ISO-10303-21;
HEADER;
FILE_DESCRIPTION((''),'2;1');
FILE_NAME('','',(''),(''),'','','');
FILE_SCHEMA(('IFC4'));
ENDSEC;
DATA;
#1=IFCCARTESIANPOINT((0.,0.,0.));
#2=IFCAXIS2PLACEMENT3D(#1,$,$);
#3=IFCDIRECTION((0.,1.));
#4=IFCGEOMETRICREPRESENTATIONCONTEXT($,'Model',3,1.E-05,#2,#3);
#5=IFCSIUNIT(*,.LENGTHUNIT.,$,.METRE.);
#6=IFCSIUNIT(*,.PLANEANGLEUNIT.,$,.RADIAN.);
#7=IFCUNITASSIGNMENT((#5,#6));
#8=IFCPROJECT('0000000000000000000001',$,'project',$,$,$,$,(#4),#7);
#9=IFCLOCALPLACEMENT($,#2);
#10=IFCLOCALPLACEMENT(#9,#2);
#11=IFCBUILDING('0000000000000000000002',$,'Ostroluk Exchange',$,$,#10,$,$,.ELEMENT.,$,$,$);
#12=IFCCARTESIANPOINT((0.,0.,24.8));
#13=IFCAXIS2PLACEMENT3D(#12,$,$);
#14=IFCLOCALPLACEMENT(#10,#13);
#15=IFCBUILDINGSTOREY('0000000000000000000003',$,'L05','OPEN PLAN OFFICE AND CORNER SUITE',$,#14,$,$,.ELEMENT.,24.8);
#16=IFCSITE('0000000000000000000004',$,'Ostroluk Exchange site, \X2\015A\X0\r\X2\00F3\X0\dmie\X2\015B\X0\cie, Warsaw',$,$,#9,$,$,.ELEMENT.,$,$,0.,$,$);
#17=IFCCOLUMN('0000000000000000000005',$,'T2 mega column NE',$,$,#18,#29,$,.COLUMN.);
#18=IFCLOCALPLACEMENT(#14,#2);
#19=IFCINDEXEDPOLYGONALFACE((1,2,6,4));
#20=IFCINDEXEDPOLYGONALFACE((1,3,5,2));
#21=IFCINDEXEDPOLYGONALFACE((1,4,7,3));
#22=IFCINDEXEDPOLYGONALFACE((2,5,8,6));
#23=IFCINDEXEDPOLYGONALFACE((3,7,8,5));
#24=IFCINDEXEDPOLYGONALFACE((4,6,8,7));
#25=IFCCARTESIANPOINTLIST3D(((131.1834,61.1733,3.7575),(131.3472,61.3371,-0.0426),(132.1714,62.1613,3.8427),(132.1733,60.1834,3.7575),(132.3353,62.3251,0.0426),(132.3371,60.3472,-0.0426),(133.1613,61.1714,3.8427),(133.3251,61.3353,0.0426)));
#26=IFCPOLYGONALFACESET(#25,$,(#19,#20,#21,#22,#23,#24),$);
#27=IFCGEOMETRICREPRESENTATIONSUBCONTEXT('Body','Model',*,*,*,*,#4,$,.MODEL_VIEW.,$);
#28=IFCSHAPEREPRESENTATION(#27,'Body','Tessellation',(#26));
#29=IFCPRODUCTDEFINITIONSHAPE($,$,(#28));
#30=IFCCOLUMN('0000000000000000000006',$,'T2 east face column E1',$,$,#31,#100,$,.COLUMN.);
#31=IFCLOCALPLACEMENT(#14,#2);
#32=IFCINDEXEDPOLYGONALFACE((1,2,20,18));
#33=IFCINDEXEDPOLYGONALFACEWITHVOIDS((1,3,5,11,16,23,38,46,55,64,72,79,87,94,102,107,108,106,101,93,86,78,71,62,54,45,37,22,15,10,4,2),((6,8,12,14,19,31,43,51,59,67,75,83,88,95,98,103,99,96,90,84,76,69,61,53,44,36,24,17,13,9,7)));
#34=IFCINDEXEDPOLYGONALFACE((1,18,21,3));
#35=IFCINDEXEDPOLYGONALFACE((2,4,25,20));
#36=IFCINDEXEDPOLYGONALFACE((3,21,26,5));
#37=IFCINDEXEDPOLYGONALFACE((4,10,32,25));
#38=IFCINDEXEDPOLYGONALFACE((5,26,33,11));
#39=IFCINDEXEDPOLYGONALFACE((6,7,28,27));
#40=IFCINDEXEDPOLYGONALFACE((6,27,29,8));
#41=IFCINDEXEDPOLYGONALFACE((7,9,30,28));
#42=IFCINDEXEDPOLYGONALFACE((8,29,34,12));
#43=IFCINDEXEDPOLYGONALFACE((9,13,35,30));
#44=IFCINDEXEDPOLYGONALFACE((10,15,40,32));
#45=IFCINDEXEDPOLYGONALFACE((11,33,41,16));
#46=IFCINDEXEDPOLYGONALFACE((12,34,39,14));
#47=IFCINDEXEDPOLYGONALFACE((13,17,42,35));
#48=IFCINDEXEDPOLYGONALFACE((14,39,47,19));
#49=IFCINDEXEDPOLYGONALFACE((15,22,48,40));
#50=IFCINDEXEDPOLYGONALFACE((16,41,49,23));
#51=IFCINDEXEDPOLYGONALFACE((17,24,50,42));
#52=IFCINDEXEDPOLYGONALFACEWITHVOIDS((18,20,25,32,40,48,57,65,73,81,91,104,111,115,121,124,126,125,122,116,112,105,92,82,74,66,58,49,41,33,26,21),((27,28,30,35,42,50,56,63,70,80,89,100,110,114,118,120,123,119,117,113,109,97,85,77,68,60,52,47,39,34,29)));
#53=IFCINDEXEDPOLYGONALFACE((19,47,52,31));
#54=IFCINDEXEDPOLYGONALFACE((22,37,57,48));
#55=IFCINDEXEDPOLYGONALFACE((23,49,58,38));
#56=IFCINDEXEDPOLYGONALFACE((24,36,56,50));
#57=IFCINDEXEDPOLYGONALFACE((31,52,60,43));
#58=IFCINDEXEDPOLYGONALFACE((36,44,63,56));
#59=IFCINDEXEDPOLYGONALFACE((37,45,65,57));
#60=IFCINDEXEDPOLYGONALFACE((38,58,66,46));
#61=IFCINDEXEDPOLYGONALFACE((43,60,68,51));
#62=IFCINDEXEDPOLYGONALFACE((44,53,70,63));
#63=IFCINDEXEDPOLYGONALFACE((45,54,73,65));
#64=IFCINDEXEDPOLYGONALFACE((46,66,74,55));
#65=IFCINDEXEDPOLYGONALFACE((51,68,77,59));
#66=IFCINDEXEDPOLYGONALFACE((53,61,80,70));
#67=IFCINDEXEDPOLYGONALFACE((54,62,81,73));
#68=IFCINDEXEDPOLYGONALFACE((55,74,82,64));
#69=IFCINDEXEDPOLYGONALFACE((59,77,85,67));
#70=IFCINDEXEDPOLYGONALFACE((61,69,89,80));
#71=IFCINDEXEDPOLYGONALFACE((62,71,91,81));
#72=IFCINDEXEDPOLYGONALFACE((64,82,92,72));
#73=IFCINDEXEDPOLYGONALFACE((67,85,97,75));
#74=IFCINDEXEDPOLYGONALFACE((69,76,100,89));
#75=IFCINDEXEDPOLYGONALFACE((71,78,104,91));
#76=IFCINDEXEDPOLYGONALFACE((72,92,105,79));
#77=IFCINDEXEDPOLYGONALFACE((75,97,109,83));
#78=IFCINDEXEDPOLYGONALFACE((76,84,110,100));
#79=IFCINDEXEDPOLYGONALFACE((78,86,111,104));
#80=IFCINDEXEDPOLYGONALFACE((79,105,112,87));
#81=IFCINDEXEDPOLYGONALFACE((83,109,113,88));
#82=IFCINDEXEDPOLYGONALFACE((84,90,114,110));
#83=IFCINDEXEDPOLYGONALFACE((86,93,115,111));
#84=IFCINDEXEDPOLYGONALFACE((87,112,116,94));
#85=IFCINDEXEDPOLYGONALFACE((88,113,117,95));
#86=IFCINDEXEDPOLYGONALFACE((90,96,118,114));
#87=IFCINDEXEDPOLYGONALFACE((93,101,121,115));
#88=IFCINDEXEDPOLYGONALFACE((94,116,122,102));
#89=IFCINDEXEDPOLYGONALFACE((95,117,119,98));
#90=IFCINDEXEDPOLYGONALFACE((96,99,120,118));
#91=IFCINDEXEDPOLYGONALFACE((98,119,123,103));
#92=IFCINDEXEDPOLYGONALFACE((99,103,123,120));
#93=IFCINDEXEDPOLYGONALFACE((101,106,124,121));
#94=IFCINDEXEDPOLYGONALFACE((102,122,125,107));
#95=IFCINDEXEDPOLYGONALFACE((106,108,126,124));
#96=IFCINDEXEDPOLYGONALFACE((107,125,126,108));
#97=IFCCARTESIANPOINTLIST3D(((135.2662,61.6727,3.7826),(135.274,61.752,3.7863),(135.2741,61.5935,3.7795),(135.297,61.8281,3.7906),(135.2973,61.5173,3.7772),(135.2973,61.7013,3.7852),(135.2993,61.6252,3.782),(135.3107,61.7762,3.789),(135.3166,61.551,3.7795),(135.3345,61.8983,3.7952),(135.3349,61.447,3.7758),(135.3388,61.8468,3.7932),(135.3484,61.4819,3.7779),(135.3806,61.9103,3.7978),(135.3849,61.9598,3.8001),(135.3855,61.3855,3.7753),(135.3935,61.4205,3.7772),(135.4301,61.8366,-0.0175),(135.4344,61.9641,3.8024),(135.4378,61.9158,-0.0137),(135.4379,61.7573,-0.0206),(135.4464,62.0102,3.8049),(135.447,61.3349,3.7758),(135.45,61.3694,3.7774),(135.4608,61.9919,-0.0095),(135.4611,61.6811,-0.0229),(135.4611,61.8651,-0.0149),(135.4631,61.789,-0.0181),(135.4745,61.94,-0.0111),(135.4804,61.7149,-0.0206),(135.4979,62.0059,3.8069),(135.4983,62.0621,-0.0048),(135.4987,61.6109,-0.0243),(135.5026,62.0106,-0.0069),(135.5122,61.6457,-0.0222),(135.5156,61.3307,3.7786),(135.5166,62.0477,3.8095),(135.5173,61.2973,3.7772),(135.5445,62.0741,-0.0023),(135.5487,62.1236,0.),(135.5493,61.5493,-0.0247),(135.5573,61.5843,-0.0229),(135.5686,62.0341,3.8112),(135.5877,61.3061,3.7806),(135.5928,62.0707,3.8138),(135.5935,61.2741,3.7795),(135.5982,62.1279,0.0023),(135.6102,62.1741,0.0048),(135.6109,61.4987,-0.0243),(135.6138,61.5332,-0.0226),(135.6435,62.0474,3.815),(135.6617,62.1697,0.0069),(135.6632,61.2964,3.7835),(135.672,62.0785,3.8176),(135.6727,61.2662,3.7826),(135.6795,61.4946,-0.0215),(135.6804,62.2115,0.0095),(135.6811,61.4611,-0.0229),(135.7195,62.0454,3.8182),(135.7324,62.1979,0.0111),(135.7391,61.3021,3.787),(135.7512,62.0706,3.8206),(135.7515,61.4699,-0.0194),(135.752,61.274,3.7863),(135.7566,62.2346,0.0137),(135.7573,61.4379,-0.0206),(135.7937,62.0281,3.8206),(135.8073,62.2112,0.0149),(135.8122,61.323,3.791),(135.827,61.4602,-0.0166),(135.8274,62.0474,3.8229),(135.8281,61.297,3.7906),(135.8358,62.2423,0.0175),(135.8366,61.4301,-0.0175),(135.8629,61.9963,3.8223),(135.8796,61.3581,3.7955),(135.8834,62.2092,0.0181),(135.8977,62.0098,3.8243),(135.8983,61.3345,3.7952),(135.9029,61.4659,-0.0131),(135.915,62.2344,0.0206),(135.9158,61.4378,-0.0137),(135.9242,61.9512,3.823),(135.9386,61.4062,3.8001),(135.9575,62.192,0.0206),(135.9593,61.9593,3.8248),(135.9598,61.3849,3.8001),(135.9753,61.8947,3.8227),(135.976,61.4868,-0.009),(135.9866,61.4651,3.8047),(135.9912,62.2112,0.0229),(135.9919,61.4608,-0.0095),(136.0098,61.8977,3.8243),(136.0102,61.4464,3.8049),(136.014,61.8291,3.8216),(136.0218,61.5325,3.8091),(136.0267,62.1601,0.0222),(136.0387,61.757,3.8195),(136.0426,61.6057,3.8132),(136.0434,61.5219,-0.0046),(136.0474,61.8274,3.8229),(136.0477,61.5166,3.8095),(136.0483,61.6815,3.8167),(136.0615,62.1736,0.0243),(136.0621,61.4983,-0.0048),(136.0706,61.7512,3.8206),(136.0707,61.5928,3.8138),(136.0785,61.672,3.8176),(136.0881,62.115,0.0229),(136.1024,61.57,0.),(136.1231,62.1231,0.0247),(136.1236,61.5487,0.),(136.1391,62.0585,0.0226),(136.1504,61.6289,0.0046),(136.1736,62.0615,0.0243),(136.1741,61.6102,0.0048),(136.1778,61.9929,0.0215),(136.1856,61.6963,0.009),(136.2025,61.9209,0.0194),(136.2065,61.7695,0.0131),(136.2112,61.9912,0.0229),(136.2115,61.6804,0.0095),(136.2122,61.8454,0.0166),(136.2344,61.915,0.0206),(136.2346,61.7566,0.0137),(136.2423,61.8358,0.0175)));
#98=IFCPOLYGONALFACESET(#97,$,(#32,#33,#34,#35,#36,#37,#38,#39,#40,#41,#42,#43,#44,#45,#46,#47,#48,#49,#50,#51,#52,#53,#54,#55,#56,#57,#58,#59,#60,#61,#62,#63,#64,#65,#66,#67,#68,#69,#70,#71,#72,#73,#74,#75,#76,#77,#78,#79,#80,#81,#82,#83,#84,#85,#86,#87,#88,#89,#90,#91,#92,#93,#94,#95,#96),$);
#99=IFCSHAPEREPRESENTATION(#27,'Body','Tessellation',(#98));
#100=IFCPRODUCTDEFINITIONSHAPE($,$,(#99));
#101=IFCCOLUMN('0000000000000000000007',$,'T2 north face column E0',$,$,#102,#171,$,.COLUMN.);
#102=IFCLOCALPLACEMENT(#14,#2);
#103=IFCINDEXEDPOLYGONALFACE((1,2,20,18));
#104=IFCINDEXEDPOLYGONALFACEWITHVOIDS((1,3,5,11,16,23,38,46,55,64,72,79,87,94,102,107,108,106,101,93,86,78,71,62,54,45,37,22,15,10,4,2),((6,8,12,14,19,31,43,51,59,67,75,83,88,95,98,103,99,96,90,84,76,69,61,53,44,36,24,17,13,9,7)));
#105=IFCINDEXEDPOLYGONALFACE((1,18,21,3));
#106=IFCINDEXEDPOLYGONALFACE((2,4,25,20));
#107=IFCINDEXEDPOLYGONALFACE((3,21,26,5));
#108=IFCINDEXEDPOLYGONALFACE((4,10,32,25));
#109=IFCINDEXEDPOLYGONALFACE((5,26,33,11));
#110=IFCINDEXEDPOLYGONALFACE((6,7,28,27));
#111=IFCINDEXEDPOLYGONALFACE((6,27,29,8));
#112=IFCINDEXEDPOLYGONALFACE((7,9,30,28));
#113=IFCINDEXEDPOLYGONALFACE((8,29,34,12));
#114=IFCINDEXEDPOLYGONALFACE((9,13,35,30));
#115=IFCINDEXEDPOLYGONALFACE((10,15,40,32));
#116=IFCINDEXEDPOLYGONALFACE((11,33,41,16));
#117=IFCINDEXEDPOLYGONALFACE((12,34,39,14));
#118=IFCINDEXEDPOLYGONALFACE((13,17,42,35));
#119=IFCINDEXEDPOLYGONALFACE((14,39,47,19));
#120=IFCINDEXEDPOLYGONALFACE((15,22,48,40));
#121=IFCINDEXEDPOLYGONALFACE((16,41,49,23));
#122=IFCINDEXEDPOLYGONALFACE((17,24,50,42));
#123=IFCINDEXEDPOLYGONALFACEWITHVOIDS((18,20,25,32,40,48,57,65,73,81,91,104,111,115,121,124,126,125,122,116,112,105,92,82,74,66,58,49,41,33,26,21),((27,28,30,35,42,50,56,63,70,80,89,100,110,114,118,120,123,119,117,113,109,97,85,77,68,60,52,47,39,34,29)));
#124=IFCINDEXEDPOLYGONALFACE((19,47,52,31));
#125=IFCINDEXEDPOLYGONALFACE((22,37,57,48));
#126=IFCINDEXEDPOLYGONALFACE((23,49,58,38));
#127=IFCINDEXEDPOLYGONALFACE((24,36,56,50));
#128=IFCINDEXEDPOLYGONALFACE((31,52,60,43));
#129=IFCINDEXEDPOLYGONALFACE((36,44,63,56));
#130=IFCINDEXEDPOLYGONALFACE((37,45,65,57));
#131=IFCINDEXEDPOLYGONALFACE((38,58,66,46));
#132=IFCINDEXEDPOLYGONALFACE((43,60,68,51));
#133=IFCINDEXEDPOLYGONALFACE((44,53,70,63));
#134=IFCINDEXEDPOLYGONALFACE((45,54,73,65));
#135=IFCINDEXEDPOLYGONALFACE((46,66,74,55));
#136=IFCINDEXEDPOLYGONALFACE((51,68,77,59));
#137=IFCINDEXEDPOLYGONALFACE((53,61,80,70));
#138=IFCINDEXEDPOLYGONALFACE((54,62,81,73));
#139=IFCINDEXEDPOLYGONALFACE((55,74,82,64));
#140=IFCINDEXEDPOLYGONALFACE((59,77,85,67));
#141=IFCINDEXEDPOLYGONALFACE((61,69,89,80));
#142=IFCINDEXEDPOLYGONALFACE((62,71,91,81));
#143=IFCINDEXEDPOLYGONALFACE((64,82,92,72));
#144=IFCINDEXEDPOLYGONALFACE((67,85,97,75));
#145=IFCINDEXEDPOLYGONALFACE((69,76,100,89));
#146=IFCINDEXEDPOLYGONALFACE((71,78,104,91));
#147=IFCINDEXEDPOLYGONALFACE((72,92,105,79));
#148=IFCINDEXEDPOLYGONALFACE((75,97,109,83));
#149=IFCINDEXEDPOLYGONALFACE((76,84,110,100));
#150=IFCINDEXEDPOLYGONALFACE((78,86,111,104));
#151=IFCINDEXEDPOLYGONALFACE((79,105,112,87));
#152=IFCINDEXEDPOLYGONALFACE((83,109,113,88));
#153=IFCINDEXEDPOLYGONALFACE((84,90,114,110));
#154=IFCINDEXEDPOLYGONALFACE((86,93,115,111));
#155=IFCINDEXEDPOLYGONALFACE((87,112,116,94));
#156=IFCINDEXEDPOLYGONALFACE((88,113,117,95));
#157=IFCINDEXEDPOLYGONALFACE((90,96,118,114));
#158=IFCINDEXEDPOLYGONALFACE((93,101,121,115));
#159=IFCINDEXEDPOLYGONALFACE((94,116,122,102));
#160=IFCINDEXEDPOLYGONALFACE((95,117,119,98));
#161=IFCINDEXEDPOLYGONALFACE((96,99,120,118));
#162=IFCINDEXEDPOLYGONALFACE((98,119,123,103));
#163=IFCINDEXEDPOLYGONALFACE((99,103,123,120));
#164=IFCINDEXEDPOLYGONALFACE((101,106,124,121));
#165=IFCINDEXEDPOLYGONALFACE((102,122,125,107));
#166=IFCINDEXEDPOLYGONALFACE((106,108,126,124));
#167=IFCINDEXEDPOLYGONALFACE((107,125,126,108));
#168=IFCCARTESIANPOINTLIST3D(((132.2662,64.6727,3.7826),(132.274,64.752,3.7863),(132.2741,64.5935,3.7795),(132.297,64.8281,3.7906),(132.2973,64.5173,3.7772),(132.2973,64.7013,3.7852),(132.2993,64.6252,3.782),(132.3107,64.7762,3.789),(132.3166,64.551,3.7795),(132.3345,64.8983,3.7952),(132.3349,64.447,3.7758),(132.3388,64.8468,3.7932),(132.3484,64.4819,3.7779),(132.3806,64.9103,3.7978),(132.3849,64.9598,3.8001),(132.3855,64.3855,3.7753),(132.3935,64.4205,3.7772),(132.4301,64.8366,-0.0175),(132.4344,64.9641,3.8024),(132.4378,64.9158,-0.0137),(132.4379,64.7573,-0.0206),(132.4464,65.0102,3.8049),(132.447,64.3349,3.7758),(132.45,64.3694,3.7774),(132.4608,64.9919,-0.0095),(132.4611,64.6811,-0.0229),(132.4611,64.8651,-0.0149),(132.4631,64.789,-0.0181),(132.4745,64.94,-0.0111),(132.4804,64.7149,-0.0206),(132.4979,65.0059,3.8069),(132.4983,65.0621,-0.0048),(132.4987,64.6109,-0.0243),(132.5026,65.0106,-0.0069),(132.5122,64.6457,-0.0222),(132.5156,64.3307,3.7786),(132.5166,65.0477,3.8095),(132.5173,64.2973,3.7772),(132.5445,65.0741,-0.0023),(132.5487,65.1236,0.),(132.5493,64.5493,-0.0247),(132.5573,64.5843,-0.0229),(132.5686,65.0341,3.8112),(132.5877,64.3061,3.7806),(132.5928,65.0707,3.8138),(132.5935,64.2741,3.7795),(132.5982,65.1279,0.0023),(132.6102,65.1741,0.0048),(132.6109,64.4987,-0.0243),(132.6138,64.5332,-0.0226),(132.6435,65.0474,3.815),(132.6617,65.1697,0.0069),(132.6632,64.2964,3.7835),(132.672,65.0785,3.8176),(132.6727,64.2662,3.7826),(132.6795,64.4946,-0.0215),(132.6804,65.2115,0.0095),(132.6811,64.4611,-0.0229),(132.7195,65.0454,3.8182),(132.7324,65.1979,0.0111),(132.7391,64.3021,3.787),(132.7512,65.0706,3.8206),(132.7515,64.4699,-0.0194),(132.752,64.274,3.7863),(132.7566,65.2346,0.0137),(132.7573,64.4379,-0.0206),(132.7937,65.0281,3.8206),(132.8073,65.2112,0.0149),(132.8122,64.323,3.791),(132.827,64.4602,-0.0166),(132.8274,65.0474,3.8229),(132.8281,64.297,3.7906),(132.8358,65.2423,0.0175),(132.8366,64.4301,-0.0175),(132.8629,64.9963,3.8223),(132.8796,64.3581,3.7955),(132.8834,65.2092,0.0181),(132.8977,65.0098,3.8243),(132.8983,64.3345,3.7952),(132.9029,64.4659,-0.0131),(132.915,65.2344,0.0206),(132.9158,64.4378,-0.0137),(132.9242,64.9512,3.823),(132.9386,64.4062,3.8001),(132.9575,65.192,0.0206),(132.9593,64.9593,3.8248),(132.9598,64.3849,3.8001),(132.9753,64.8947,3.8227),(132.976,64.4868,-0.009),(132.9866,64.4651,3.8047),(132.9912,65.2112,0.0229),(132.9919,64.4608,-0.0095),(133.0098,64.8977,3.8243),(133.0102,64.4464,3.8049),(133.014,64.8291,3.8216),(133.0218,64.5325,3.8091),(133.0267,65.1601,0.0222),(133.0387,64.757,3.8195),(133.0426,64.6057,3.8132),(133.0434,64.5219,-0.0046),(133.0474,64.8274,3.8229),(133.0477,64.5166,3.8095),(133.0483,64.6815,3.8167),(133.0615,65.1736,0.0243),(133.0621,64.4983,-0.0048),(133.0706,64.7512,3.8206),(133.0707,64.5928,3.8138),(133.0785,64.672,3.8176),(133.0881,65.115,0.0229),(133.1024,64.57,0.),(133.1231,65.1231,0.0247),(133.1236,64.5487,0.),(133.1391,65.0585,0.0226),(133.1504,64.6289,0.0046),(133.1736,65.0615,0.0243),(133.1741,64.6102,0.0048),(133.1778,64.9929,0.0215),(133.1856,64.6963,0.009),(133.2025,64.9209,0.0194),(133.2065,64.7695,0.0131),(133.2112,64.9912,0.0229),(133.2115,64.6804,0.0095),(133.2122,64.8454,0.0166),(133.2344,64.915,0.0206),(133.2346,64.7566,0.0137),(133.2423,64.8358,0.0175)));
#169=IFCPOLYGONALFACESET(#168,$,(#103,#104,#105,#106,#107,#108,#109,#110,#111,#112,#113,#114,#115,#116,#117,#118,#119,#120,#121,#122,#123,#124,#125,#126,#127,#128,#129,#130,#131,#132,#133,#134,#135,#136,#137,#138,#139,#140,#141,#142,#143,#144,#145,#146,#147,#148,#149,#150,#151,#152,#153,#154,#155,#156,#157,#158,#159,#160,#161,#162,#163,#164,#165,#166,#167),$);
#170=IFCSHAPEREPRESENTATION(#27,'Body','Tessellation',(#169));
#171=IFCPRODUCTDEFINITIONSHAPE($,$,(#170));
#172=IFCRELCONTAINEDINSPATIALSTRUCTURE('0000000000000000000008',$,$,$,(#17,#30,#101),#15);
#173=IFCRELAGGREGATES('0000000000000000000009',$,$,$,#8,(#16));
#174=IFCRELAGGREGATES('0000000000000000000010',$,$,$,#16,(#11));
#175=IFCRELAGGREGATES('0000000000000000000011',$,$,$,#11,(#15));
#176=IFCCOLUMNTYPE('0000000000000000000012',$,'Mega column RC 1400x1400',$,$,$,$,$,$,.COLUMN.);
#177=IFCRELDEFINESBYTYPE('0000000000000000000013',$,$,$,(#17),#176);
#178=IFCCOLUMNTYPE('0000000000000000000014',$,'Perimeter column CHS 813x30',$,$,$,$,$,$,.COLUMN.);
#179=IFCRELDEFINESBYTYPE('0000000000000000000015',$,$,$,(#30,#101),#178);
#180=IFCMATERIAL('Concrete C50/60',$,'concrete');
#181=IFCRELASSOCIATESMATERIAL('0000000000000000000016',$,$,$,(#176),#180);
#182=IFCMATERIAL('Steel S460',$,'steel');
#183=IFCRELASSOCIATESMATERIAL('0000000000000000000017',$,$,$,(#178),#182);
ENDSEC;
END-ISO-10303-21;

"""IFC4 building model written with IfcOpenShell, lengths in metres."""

from ifc_helpers import new_model, si_unit, direction, frame, origin, origin_2d, place, context, subcontext, project, spatial, rectangle, hollow_circle, extrude, material, material_profile, profile_set, type_object, element, save


model = new_model("IFC4")

# Units and contexts
model_context = context("Model", 3, precision=1e-05, world=origin(), true_north=direction((0.0, 1.0)))
body_context = subcontext(model_context, "Body", "Model", "MODEL_VIEW")
ifc_project = project(units=[si_unit("LENGTHUNIT", "METRE"), si_unit("PLANEANGLEUNIT", "RADIAN")], contexts=[model_context])

# Site, building, storey
site_placement = place(None, origin())
site = spatial("IfcSite", under=ifc_project, at=site_placement, Name="Ostroluk Exchange site, Śródmieście, Warsaw", CompositionType="ELEMENT", RefElevation=0.0)
building_placement = place(site_placement, origin())
building = spatial("IfcBuilding", under=site, at=building_placement, Name="Ostroluk Exchange", CompositionType="ELEMENT")
storey_placement = place(building_placement, frame((0.0, 0.0, 24.8)))
storey = spatial("IfcBuildingStorey", under=building, at=storey_placement, Name="L05", Description="OPEN PLAN OFFICE AND CORNER SUITE", CompositionType="ELEMENT", Elevation=24.8)

# Columns
ifc_material_1 = material(Name="Concrete C50/60", Category="concrete")
ifc_material_profile_1 = material_profile(ifc_material_1, rectangle(XDim=1.3999, YDim=1.3999, at=origin_2d()), Name="RC 1400x1400")
ifc_profile_set_1 = profile_set([ifc_material_profile_1], Name="Concrete C50/60")
column_type_1 = type_object("IfcColumnType", Name="Mega column RC 1400x1400", PredefinedType="COLUMN", material=ifc_profile_set_1)
column_placement = place(storey_placement, frame((132.3362, 61.3362, 0.0), z_axis=(-0.04303, -0.04303, 0.998147), x_axis=(0.707107, -0.707107, 0.0)))
element("IfcColumn", 1, at=column_placement, inside=storey, type_object=column_type_1, Name="T2 mega column NE", PredefinedType="COLUMN", context=body_context, shape_type="SweptSolid", body=[
    extrude(rectangle(XDim=1.3999, YDim=1.3999, at=origin_2d()), origin(), (0.0, 0.0, 1.0), 3.8071),
])
ifc_material_2 = material(Name="Steel S460", Category="steel")
ifc_material_profile_2 = material_profile(ifc_material_2, hollow_circle(Radius=0.4065, WallThickness=0.03, at=origin_2d()), Name="CHS 813x30")
ifc_profile_set_2 = profile_set([ifc_material_profile_2], Name="Steel S460")
column_type_2 = type_object("IfcColumnType", Name="Perimeter column CHS 813x30", PredefinedType="COLUMN", material=ifc_profile_set_2)
for number, where, z_axis, x_axis, name in (
    (2, (135.8362, 61.8362, 0.0), (-0.04303, -0.04303, 0.998147), (0.707107, -0.707107, 0.0), "T2 east face column E1"),
    (3, (132.8362, 64.8362, 0.0), (-0.04303, -0.04303, 0.998147), (0.707107, -0.707107, 0.0), "T2 north face column E0"),
):
    element("IfcColumn", number, at=place(storey_placement, frame(where, z_axis=z_axis, x_axis=x_axis)), inside=storey, type_object=column_type_2, Name=name, PredefinedType="COLUMN", context=body_context, shape_type="SweptSolid", body=[
        extrude(hollow_circle(Radius=0.4065, WallThickness=0.03, at=origin_2d()), origin(), (0.0, 0.0, 1.0), 3.8071),
    ])

save(model, "model.ifc")
